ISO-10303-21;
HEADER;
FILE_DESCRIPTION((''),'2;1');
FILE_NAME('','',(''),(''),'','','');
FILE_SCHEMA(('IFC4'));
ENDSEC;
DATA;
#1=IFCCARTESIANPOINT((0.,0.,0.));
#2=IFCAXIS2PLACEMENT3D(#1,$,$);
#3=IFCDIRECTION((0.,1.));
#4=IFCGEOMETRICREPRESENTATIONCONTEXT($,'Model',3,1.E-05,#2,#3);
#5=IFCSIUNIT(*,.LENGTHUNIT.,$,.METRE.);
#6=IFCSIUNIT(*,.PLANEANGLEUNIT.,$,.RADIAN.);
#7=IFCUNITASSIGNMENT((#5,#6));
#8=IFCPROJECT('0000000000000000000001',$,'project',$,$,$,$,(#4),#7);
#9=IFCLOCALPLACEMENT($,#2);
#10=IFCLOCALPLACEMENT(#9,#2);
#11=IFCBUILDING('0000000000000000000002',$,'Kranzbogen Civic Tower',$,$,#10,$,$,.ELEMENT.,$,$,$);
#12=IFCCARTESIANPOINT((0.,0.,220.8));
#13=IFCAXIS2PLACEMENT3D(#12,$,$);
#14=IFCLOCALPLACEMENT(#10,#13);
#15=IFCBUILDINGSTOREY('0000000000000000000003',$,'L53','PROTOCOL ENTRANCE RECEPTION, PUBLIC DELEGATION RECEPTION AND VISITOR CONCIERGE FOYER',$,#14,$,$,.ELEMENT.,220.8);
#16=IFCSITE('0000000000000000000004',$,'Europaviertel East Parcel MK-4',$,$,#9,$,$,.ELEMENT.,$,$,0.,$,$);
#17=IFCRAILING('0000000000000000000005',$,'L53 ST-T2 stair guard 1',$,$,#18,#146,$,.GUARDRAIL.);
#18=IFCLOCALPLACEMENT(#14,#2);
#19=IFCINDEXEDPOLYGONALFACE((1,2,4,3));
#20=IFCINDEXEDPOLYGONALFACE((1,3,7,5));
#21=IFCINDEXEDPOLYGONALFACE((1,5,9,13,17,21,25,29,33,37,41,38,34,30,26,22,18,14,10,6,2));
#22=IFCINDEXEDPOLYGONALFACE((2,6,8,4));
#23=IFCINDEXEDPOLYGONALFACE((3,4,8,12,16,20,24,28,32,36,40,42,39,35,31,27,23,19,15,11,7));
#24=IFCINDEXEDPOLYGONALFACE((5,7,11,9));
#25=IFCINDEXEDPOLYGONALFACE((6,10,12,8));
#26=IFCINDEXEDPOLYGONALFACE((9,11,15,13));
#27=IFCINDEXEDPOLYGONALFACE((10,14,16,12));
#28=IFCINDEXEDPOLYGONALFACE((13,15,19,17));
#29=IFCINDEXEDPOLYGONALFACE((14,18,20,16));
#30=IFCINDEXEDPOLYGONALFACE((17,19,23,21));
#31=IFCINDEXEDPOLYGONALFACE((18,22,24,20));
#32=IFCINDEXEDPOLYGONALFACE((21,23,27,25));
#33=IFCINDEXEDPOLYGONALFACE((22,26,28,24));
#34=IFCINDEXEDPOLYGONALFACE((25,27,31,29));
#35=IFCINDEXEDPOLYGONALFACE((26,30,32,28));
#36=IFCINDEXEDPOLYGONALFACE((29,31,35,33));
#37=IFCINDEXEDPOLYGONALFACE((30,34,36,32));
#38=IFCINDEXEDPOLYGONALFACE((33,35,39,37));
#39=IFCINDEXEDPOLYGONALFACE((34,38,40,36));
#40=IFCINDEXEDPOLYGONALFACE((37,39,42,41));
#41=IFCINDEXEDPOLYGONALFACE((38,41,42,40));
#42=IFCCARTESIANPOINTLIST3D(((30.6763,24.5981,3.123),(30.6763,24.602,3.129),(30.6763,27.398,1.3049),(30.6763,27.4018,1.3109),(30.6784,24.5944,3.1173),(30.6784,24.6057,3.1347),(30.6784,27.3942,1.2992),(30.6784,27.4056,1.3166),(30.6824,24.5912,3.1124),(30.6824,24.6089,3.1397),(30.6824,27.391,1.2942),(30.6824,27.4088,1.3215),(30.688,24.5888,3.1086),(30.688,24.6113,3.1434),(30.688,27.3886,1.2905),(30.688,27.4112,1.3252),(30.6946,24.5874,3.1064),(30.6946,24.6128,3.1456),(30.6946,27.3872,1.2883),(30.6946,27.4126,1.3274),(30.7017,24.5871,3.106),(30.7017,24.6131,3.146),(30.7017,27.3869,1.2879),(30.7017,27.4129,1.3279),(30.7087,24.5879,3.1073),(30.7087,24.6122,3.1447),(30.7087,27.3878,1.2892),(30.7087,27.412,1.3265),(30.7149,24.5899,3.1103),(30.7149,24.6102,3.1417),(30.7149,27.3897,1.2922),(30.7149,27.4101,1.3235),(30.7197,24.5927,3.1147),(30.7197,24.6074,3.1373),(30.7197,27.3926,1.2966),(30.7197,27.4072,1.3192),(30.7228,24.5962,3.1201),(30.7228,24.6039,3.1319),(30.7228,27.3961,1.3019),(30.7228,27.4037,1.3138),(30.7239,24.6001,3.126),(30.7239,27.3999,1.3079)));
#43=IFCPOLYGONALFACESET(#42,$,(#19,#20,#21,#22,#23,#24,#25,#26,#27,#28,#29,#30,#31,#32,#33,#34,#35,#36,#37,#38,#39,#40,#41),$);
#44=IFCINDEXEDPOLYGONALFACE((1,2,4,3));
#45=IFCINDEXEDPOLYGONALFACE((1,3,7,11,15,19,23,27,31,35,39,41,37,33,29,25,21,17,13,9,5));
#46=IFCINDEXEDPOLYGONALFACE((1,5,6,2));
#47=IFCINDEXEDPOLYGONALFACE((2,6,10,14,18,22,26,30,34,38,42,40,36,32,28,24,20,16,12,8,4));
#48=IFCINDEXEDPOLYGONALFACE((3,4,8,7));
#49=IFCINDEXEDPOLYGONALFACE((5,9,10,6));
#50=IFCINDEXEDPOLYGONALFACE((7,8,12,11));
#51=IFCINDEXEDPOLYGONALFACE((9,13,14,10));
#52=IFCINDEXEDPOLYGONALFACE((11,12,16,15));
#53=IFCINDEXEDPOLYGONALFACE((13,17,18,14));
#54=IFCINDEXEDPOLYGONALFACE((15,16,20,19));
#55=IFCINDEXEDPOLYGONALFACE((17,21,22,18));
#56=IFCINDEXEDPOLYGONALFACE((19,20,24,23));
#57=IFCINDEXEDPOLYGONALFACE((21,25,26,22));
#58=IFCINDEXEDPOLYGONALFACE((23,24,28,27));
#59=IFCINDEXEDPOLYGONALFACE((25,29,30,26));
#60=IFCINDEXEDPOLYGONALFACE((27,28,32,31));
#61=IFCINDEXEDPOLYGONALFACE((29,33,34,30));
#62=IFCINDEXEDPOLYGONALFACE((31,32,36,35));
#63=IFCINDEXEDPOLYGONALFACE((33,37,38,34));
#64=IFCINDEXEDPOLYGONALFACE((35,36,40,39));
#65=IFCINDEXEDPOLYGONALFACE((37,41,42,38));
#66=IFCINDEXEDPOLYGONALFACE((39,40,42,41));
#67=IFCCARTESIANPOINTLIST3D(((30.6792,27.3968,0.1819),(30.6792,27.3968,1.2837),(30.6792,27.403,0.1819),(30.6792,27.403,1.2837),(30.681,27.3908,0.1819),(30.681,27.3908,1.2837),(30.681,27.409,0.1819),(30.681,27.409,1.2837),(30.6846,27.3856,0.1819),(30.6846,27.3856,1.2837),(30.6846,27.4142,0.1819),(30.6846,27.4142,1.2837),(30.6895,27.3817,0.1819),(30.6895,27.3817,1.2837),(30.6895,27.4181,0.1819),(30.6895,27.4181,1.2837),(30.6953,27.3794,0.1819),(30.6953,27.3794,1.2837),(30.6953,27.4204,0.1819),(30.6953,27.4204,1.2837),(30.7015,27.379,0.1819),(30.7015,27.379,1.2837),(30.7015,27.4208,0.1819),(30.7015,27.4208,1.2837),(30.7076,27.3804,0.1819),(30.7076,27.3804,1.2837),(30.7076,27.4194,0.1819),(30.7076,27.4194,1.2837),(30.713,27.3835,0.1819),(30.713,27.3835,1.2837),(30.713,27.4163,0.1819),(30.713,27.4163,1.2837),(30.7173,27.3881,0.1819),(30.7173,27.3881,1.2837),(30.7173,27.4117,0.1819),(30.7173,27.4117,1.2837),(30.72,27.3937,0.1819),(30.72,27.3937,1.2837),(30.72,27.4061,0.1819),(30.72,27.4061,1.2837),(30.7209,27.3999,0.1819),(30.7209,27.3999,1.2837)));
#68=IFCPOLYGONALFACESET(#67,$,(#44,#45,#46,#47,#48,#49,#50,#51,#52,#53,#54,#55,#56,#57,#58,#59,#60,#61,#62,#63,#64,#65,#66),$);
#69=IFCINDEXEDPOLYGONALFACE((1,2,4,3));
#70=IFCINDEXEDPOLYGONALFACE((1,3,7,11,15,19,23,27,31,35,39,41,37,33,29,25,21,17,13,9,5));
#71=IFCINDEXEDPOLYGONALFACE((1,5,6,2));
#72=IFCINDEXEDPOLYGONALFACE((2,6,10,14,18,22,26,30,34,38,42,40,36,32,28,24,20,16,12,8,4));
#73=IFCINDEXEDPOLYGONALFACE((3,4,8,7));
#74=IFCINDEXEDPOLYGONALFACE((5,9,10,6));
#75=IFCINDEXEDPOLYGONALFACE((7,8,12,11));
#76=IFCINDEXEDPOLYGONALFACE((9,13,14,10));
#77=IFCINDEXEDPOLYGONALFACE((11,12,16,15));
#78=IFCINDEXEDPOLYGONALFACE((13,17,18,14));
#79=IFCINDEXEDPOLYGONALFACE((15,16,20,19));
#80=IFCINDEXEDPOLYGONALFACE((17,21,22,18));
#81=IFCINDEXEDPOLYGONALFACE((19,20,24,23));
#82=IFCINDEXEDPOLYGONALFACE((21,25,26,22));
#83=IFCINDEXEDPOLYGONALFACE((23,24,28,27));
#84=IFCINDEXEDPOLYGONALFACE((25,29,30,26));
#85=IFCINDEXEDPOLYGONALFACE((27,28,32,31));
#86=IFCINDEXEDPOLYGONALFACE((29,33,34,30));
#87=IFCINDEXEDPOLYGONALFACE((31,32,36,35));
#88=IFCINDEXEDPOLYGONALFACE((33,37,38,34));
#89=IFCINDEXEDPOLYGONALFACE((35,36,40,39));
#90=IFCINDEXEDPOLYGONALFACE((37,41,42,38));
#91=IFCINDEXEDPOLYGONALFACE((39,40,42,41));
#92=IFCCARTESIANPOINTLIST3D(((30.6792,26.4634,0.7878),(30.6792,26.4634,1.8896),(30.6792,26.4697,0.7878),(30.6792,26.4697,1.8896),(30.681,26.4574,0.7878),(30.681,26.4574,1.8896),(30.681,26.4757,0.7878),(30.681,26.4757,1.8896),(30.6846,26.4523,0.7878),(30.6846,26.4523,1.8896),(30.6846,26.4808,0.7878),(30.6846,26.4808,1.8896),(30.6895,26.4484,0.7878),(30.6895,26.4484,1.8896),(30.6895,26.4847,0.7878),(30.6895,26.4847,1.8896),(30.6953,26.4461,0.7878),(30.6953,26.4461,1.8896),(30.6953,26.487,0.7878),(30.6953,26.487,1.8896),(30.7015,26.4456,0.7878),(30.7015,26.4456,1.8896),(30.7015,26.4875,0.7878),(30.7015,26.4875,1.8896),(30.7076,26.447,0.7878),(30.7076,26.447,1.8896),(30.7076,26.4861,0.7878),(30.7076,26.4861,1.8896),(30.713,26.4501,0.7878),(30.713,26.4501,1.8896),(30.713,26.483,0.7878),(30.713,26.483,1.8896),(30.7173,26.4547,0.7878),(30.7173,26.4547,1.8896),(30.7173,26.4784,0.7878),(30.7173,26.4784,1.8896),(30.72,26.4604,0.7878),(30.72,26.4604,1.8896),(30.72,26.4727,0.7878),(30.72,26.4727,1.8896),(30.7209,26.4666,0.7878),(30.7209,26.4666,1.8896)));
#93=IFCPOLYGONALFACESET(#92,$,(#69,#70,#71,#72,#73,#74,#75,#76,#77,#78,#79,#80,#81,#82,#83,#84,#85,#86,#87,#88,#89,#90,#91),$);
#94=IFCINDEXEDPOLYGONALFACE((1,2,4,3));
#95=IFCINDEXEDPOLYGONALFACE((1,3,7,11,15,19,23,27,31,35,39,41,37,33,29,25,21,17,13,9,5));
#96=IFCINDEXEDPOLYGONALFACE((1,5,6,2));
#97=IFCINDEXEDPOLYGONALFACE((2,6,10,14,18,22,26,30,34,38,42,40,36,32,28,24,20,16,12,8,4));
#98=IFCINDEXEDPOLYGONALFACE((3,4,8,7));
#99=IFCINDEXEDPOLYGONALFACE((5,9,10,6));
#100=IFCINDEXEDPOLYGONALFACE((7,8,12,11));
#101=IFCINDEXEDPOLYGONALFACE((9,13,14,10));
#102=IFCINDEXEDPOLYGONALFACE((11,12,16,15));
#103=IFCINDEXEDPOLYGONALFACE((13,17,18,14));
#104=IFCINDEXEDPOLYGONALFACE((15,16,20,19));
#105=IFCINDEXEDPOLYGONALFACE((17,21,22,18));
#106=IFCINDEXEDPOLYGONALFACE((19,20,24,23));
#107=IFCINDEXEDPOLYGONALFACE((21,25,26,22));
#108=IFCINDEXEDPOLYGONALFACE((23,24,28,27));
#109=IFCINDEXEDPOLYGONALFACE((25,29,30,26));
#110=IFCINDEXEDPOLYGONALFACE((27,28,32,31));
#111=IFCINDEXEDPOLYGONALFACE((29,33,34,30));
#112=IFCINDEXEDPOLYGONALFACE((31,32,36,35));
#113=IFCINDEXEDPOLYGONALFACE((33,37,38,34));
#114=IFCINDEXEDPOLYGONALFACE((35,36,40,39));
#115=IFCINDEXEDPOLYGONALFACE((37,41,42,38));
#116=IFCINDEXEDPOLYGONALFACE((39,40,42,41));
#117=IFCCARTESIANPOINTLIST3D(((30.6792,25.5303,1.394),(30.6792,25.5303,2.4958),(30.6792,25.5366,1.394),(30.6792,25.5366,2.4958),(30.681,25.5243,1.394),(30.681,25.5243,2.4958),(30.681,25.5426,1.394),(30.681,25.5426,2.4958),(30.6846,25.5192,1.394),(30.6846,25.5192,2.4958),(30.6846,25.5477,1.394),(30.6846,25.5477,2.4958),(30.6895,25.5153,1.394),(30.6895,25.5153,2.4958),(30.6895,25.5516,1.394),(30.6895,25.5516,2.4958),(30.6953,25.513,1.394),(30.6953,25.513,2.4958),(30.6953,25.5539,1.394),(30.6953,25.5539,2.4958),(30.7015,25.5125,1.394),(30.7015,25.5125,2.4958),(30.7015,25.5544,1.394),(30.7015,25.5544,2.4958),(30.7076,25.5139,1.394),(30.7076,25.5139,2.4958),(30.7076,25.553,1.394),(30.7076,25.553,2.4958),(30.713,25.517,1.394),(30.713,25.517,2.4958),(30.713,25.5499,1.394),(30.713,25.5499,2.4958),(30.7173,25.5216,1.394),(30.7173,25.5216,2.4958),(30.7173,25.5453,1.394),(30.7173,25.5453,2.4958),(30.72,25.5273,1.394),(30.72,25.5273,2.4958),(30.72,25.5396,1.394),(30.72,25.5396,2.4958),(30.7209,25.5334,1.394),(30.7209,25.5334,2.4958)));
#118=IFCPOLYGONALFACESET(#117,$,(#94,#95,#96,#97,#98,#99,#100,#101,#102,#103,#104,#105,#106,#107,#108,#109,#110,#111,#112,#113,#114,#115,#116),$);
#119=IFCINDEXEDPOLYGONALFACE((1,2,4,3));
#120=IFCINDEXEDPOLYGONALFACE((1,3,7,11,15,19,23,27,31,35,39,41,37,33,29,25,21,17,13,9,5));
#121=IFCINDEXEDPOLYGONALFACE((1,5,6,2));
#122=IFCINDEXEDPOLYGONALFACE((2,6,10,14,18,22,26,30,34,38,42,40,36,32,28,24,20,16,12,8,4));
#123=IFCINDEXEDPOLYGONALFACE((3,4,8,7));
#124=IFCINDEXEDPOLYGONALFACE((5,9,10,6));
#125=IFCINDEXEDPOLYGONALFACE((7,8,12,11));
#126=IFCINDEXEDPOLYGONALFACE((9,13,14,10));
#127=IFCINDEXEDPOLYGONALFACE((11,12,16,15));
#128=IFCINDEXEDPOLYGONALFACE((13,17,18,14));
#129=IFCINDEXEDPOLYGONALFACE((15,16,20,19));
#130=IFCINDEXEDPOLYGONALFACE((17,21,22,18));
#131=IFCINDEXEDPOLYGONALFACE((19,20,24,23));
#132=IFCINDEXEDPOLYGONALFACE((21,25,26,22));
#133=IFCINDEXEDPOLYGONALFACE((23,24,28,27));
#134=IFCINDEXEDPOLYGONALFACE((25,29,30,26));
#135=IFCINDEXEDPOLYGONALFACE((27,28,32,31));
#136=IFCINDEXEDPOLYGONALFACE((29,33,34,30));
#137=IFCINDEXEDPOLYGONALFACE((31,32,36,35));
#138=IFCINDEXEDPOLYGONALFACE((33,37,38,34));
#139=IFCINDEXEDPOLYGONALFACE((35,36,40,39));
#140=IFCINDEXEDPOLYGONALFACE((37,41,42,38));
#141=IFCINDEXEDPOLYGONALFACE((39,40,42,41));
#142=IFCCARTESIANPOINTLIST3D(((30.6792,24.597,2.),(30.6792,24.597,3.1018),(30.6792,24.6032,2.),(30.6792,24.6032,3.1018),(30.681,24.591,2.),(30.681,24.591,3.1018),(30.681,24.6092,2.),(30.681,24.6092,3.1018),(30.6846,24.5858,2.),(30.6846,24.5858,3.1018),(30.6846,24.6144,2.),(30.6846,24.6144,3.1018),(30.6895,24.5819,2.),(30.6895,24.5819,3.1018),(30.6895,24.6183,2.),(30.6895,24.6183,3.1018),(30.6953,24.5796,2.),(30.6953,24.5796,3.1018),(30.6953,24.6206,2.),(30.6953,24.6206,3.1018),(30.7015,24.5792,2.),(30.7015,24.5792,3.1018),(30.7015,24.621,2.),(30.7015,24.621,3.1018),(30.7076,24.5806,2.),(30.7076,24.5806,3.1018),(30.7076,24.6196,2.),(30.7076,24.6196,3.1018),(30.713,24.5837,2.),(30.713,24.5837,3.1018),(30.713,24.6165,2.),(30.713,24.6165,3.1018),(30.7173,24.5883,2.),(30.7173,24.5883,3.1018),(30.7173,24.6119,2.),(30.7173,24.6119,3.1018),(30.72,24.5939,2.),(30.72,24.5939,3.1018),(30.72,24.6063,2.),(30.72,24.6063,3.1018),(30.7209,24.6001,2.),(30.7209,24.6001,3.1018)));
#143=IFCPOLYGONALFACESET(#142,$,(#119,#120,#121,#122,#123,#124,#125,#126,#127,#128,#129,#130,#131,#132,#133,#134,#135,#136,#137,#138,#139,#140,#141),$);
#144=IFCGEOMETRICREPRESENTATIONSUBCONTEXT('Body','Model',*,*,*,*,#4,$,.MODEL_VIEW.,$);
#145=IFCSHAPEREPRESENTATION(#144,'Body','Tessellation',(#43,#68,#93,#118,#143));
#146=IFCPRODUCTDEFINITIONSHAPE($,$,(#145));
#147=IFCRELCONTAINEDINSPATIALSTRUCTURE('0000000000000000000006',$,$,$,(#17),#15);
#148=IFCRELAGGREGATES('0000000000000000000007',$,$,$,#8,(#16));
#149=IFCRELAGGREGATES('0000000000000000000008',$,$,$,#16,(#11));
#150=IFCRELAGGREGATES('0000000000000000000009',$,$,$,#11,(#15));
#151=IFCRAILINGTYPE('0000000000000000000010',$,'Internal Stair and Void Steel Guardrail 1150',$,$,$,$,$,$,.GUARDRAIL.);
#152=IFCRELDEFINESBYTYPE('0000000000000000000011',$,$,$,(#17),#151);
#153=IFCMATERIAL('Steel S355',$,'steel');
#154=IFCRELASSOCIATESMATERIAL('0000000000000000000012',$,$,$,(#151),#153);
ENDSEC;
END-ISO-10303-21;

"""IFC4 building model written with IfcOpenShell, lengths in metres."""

from ifc_helpers import new_model, si_unit, direction, frame, origin, origin_2d, place, context, subcontext, project, spatial, circle, extrude, material, type_object, element, save


model = new_model("IFC4")

# Units and contexts
model_context = context("Model", 3, precision=1e-05, world=origin(), true_north=direction((0.0, 1.0)))
body_context = subcontext(model_context, "Body", "Model", "MODEL_VIEW")
ifc_project = project(units=[si_unit("LENGTHUNIT", "METRE"), si_unit("PLANEANGLEUNIT", "RADIAN")], contexts=[model_context])

# Site, building, storey
site_placement = place(None, origin())
site = spatial("IfcSite", under=ifc_project, at=site_placement, Name="Europaviertel East Parcel MK-4", CompositionType="ELEMENT", RefElevation=0.0)
building_placement = place(site_placement, origin())
building = spatial("IfcBuilding", under=site, at=building_placement, Name="Kranzbogen Civic Tower", CompositionType="ELEMENT")
storey_placement = place(building_placement, frame((0.0, 0.0, 220.8)))
storey = spatial("IfcBuildingStorey", under=building, at=storey_placement, Name="L53", Description="PROTOCOL ENTRANCE RECEPTION, PUBLIC DELEGATION RECEPTION AND VISITOR CONCIERGE FOYER", CompositionType="ELEMENT", Elevation=220.8)

# Shared definitions
ifc_material_1 = material(Name="Steel S355", Category="steel")

# Railing
railing_type_1 = type_object("IfcRailingType", Name="Internal Stair and Void Steel Guardrail 1150", PredefinedType="GUARDRAIL", material=ifc_material_1)
railing_1_placement = place(storey_placement, frame((30.7, 27.3999, 0.1819)))
element("IfcRailing", 1, at=railing_1_placement, inside=storey, type_object=railing_type_1, Name="L53 ST-T2 stair guard 1", PredefinedType="GUARDRAIL", context=body_context, shape_type="SweptSolid", body=[
    extrude(circle(Radius=0.0239, at=origin_2d()), frame((0.0, 0.0, 1.126), z_axis=(0.0, -0.838684, 0.544618), x_axis=(1.0, 0.0, 0.0)), (0.0, 0.0, 1.0), 3.3384),
    extrude(circle(Radius=0.021, at=origin_2d()), origin(), (0.0, 0.0, 1.0), 1.1018),
    extrude(circle(Radius=0.021, at=origin_2d()), frame((0.0, -0.9333, 0.606)), (0.0, 0.0, 1.0), 1.1018),
    extrude(circle(Radius=0.021, at=origin_2d()), frame((0.0, -1.8665, 1.2122)), (0.0, 0.0, 1.0), 1.1018),
    extrude(circle(Radius=0.021, at=origin_2d()), frame((0.0, -2.7998, 1.8181)), (0.0, 0.0, 1.0), 1.1018),
])

save(model, "model.ifc")
